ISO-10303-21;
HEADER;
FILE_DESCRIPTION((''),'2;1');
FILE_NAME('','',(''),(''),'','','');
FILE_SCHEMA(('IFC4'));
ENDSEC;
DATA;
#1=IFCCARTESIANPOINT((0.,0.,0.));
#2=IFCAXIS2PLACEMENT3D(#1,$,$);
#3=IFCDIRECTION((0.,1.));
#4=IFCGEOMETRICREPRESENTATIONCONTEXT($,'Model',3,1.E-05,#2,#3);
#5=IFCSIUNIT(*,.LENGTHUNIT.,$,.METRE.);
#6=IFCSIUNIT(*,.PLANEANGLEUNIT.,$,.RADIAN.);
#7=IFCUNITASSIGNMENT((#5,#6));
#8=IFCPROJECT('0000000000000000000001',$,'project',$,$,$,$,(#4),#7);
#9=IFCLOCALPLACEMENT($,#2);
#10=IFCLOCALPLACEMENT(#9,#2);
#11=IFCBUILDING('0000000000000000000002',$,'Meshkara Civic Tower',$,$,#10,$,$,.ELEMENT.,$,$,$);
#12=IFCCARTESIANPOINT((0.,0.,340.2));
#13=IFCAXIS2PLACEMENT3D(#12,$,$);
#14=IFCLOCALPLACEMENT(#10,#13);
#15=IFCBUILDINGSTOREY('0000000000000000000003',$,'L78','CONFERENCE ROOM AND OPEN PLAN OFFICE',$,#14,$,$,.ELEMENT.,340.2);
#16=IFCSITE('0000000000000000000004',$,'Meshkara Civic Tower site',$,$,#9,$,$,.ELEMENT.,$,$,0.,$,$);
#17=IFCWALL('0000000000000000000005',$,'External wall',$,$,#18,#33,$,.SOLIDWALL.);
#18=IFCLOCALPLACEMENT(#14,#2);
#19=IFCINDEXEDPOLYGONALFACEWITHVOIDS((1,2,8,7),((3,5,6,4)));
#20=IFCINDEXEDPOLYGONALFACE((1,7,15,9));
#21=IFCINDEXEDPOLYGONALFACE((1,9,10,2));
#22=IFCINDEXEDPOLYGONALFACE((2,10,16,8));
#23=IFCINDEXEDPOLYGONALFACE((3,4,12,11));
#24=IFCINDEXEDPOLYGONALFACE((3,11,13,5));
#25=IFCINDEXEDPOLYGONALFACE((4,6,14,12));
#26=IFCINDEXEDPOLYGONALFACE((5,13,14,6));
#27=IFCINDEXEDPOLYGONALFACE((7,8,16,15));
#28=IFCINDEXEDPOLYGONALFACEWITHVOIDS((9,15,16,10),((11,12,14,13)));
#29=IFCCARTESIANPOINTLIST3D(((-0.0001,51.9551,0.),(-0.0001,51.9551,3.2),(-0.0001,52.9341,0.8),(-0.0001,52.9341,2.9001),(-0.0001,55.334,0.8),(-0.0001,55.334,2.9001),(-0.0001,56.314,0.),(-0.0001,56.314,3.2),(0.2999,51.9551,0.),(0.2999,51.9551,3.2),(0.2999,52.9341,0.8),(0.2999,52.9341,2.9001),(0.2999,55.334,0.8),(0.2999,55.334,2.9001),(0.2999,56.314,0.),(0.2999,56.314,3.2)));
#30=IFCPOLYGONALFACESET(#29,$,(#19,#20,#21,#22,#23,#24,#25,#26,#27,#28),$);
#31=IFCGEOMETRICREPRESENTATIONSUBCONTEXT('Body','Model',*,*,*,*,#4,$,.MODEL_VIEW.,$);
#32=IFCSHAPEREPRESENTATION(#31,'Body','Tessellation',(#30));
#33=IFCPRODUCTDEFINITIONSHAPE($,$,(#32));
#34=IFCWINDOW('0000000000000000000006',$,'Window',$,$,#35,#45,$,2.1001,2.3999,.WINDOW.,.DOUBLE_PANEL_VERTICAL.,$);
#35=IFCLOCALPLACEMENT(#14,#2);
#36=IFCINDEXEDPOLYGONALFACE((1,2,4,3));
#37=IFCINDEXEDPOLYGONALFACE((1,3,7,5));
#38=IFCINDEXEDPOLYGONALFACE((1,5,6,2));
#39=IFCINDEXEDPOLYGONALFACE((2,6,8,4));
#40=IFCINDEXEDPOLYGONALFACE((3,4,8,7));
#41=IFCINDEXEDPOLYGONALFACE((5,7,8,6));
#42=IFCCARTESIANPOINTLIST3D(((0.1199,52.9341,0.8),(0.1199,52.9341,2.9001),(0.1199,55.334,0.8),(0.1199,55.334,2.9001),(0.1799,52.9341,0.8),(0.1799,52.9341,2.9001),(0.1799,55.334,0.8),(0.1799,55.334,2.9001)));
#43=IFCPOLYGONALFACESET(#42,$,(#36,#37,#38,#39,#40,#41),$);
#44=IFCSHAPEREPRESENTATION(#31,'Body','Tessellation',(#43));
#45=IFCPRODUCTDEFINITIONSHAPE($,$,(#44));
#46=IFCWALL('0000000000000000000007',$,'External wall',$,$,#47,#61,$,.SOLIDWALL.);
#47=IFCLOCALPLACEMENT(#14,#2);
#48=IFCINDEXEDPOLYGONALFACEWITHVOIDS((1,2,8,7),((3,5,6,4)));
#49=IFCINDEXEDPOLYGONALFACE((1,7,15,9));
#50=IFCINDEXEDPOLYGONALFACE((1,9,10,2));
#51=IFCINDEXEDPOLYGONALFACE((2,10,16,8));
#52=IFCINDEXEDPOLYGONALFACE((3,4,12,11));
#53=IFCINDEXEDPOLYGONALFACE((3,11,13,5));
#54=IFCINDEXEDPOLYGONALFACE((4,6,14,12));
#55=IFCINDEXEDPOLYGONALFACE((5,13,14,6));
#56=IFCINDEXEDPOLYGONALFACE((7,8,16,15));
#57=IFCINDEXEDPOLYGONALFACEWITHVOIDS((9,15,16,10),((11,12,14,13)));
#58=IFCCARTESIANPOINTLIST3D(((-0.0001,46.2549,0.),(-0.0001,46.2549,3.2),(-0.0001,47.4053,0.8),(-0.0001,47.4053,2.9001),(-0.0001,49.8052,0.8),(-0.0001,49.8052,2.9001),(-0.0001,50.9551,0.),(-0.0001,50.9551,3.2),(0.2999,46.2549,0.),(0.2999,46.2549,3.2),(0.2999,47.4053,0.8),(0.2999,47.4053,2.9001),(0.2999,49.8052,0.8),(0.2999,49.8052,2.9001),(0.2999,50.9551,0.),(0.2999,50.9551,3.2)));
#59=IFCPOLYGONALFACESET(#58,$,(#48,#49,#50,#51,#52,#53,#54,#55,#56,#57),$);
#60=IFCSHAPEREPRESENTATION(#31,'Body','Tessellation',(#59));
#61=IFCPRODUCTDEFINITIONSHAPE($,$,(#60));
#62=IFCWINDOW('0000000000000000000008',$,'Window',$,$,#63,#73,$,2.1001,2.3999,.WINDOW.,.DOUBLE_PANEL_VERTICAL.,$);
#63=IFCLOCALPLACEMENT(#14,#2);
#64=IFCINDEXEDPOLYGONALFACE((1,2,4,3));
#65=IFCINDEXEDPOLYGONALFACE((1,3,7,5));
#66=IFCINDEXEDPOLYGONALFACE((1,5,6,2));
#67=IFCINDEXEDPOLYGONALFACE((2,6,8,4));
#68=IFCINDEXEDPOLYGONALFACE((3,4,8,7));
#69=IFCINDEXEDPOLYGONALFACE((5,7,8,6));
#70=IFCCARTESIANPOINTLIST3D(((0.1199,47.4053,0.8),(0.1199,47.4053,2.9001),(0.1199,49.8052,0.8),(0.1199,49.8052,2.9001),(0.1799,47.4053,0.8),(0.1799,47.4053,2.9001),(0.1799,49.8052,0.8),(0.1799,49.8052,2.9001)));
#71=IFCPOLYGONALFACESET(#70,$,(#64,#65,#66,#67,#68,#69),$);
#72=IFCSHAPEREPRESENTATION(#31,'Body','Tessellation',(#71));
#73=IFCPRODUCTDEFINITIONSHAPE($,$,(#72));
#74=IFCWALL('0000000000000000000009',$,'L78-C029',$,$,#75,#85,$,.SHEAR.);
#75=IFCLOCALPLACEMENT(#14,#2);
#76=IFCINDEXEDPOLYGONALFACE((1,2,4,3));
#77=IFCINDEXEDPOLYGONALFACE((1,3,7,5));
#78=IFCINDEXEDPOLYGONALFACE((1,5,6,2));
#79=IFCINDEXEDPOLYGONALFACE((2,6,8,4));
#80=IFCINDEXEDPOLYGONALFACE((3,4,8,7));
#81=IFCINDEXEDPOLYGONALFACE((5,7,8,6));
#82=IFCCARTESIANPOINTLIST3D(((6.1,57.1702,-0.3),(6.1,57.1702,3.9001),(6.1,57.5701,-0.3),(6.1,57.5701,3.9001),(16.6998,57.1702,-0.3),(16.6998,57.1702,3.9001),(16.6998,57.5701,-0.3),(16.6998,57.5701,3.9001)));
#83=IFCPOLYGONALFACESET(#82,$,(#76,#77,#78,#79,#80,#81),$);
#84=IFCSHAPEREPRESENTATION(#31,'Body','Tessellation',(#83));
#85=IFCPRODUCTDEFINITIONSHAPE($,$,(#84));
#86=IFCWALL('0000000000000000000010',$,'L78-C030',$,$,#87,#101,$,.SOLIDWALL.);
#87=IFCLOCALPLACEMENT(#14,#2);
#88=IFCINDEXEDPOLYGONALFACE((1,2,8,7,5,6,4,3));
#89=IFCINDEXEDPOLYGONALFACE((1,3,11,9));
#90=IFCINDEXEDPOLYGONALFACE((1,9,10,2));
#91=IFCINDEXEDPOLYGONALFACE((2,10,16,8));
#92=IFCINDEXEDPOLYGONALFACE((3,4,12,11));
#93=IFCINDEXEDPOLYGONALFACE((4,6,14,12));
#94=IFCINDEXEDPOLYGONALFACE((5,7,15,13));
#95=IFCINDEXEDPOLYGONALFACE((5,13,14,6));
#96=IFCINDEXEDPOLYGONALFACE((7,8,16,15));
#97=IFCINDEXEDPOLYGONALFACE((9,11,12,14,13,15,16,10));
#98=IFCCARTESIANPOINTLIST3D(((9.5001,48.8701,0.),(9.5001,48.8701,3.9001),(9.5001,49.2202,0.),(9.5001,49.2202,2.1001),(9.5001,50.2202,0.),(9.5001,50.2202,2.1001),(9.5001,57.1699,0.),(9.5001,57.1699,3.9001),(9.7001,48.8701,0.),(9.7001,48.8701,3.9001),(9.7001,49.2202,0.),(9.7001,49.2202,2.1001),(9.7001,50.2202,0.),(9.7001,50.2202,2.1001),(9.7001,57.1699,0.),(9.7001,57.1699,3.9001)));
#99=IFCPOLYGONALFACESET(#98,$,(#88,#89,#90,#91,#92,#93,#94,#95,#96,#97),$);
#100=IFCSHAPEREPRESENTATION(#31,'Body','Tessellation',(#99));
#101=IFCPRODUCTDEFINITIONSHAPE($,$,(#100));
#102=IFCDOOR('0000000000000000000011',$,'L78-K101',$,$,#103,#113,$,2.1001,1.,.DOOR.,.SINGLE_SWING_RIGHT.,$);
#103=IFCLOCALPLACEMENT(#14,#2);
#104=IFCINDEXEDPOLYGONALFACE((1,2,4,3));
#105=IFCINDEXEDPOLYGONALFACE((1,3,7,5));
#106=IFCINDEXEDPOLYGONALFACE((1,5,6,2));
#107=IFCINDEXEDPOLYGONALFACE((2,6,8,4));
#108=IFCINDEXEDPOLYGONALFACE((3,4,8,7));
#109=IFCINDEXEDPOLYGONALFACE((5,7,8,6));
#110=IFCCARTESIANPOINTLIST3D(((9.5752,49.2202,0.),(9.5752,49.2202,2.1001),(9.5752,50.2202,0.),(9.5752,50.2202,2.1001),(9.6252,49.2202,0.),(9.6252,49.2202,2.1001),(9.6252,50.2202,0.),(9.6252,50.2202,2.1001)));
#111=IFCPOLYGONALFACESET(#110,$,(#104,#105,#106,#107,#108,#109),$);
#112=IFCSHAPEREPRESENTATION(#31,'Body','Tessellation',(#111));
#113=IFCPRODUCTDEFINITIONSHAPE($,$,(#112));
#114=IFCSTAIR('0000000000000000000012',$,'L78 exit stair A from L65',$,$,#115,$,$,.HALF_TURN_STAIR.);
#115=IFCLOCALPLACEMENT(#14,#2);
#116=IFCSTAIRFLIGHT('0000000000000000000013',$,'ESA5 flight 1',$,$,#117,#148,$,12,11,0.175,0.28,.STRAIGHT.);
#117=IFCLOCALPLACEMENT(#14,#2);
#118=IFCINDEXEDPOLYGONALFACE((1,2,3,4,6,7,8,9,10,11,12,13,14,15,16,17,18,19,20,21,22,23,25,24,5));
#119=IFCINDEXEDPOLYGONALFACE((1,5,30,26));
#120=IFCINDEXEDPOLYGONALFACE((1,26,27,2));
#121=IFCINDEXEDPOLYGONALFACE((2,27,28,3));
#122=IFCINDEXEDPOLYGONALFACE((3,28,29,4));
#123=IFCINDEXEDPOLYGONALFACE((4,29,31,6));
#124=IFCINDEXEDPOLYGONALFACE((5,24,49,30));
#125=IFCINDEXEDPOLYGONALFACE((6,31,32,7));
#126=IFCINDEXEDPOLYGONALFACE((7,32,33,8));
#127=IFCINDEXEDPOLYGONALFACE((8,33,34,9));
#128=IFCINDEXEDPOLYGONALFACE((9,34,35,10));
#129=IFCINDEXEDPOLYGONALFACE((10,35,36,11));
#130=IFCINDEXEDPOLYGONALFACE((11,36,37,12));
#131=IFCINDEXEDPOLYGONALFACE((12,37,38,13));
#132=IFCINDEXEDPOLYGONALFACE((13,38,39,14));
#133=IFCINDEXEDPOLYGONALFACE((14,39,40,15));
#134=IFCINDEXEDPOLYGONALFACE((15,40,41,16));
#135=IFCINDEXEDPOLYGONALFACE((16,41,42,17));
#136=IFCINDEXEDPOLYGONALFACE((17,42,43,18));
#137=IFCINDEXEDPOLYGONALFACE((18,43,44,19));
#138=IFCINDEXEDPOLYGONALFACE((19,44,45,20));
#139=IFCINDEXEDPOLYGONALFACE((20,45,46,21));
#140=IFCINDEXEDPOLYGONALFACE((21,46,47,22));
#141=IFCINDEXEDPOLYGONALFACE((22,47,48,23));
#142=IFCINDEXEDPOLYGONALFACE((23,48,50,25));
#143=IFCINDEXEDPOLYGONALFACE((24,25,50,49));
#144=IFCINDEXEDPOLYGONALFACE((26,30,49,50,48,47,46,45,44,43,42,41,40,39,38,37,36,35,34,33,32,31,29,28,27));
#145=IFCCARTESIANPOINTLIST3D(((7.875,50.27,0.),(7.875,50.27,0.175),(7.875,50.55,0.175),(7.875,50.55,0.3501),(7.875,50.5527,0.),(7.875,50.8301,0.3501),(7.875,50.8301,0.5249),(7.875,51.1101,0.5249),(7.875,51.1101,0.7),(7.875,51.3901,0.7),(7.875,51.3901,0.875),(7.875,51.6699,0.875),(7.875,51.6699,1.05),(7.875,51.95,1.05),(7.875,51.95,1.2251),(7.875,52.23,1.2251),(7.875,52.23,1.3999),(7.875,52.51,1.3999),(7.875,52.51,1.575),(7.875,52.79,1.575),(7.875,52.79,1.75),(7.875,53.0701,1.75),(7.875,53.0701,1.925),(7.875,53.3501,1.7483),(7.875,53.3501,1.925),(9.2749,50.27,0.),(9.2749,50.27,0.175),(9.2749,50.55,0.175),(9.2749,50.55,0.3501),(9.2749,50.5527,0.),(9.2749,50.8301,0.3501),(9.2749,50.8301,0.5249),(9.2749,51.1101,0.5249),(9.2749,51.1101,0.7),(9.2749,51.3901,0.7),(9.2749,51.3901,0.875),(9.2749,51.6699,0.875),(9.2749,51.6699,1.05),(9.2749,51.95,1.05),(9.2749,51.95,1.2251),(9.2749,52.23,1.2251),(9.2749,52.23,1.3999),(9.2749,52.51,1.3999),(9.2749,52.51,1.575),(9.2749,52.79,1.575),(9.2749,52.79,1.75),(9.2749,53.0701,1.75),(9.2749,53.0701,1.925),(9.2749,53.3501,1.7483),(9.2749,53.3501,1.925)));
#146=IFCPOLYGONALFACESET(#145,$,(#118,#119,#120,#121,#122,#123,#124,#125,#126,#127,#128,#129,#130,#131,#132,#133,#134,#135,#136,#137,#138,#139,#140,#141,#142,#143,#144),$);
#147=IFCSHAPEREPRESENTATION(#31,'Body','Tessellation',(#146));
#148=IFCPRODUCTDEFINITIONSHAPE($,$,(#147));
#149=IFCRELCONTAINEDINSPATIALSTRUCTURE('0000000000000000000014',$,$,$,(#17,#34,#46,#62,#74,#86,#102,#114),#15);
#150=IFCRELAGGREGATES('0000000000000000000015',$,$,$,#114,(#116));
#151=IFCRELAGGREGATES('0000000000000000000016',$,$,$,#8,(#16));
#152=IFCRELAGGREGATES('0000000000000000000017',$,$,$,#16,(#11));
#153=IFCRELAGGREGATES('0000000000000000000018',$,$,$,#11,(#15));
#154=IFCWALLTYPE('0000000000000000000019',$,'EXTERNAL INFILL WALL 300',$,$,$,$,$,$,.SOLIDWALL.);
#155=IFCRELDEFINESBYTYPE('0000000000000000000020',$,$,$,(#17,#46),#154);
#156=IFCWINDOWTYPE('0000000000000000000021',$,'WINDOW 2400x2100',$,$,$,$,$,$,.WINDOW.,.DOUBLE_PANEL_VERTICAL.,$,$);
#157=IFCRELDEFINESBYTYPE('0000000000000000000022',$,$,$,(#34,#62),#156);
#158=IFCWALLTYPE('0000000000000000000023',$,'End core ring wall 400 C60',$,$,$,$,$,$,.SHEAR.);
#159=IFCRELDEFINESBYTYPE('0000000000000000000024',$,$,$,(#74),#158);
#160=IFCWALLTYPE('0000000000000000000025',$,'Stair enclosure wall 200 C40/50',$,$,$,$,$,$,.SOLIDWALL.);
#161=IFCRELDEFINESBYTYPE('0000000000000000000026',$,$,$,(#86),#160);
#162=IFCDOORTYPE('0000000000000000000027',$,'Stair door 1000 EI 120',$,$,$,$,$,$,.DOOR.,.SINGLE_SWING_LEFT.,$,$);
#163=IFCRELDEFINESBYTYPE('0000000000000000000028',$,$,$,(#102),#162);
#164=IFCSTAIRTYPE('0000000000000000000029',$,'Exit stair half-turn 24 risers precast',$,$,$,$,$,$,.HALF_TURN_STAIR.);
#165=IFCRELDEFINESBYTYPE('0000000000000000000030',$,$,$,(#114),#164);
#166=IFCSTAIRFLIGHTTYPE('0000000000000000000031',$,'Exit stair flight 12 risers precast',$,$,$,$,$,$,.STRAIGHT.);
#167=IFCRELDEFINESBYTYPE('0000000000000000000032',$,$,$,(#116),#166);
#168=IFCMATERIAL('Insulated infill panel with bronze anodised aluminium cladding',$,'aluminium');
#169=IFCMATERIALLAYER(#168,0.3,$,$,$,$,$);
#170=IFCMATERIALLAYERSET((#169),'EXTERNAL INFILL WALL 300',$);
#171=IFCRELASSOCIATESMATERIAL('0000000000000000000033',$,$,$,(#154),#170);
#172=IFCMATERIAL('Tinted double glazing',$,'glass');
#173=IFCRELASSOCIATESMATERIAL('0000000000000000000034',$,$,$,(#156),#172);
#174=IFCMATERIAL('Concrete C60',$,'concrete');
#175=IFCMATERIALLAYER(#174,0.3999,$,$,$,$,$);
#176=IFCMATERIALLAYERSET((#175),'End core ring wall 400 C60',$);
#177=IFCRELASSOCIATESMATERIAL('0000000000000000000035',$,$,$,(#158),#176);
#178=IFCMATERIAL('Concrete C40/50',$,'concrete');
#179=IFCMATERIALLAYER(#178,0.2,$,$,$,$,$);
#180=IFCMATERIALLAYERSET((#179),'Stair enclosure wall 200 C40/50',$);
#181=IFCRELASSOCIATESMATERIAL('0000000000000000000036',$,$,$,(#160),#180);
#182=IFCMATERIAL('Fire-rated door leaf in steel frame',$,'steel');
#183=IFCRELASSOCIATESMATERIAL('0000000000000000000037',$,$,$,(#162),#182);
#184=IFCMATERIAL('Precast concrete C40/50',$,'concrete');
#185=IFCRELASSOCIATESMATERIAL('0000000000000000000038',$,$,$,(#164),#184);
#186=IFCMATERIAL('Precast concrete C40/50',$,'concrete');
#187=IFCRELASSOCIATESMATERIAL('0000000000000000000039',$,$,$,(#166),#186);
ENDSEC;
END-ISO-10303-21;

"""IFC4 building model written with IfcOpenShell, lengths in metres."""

from ifc_helpers import new_model, si_unit, direction, frame, frame_2d, origin, place, context, subcontext, project, spatial, polyline, rectangle, outline, extrude, material, layer, layer_set, type_object, element, fill, aggregate, save


model = new_model("IFC4")

# Units and contexts
model_context = context("Model", 3, precision=1e-05, world=origin(), true_north=direction((0.0, 1.0)))
body_context = subcontext(model_context, "Body", "Model", "MODEL_VIEW")
ifc_project = project(units=[si_unit("LENGTHUNIT", "METRE"), si_unit("PLANEANGLEUNIT", "RADIAN")], contexts=[model_context])

# Site, building, storey
site_placement = place(None, origin())
site = spatial("IfcSite", under=ifc_project, at=site_placement, Name="Meshkara Civic Tower site", CompositionType="ELEMENT", RefElevation=0.0)
building_placement = place(site_placement, origin())
building = spatial("IfcBuilding", under=site, at=building_placement, Name="Meshkara Civic Tower", CompositionType="ELEMENT")
storey_placement = place(building_placement, frame((0.0, 0.0, 340.2)))
storey = spatial("IfcBuildingStorey", under=building, at=storey_placement, Name="L78", Description="CONFERENCE ROOM AND OPEN PLAN OFFICE", CompositionType="ELEMENT", Elevation=340.2)

# Walls, openings, windows
ifc_material_1 = material(Name="Insulated infill panel with bronze anodised aluminium cladding", Category="aluminium")
ifc_layer_1 = layer(ifc_material_1, 0.3)
ifc_layer_set_1 = layer_set([ifc_layer_1], Name="EXTERNAL INFILL WALL 300")
wall_type_1 = type_object("IfcWallType", Name="EXTERNAL INFILL WALL 300", PredefinedType="SOLIDWALL", material=ifc_layer_set_1)
ifc_material_2 = material(Name="Tinted double glazing", Category="glass")
window_type = type_object("IfcWindowType", Name="WINDOW 2400x2100", PartitioningType="DOUBLE_PANEL_VERTICAL", PredefinedType="WINDOW", material=ifc_material_2)
wall_1_placement = place(storey_placement, frame((0.1499, 56.314, 0.0), z_axis=(0.0, 0.0, 1.0), x_axis=(0.0, -1.0, 0.0)))
wall_1 = element("IfcWall", 1, at=wall_1_placement, inside=storey, type_object=wall_type_1, Name="External wall", PredefinedType="SOLIDWALL", context=body_context, shape_type="SweptSolid", body=[
    extrude(rectangle(XDim=4.3589, YDim=0.3, at=frame_2d((2.1794, 0.0))), origin(), (0.0, 0.0, 1.0), 3.2),
])
opening_1_placement = place(wall_1_placement, frame((0.98, 0.0, 0.8)))
opening_1 = element("IfcOpeningElement", 2, at=opening_1_placement, cuts=wall_1, PredefinedType="OPENING", context=body_context, shape_type="SweptSolid", body=[
    extrude(rectangle(XDim=2.3999, YDim=2.1001, at=frame_2d((1.2, 1.05))), frame((0.0, 0.1599, 0.0), z_axis=(0.0, -1.0, 0.0), x_axis=(1.0, 0.0, 0.0)), (0.0, 0.0, 1.0), 0.3201),
])
window_1_placement = place(opening_1_placement, origin())
window_1 = element("IfcWindow", 3, at=window_1_placement, inside=storey, type_object=window_type, Name="Window", OverallHeight=2.1001, OverallWidth=2.3999, PartitioningType="DOUBLE_PANEL_VERTICAL", PredefinedType="WINDOW", context=body_context, shape_type="SweptSolid", body=[
    extrude(rectangle(XDim=2.3999, YDim=2.1001, at=frame_2d((1.2, 1.05))), frame((0.0, 0.03, 0.0), z_axis=(0.0, -1.0, 0.0), x_axis=(1.0, 0.0, 0.0)), (0.0, 0.0, 1.0), 0.0601),
])
fill(opening_1, window_1)
wall_2_placement = place(storey_placement, frame((0.1499, 50.9551, 0.0), z_axis=(0.0, 0.0, 1.0), x_axis=(0.0, -1.0, 0.0)))
wall_2 = element("IfcWall", 4, at=wall_2_placement, inside=storey, type_object=wall_type_1, Name="External wall", PredefinedType="SOLIDWALL", context=body_context, shape_type="SweptSolid", body=[
    extrude(rectangle(XDim=4.7002, YDim=0.3, at=frame_2d((2.3501, 0.0))), origin(), (0.0, 0.0, 1.0), 3.2),
])
opening_2_placement = place(wall_2_placement, frame((1.1499, 0.0, 0.8)))
opening_2 = element("IfcOpeningElement", 5, at=opening_2_placement, cuts=wall_2, PredefinedType="OPENING", context=body_context, shape_type="SweptSolid", body=[
    extrude(rectangle(XDim=2.3999, YDim=2.1001, at=frame_2d((1.2, 1.05))), frame((0.0, 0.1599, 0.0), z_axis=(0.0, -1.0, 0.0), x_axis=(1.0, 0.0, 0.0)), (0.0, 0.0, 1.0), 0.3201),
])
window_2_placement = place(opening_2_placement, origin())
window_2 = element("IfcWindow", 6, at=window_2_placement, inside=storey, type_object=window_type, Name="Window", OverallHeight=2.1001, OverallWidth=2.3999, PartitioningType="DOUBLE_PANEL_VERTICAL", PredefinedType="WINDOW", context=body_context, shape_type="SweptSolid", body=[
    extrude(rectangle(XDim=2.3999, YDim=2.1001, at=frame_2d((1.2, 1.05))), frame((0.0, 0.03, 0.0), z_axis=(0.0, -1.0, 0.0), x_axis=(1.0, 0.0, 0.0)), (0.0, 0.0, 1.0), 0.0601),
])
fill(opening_2, window_2)

# Wall
ifc_material_3 = material(Name="Concrete C60", Category="concrete")
ifc_layer_2 = layer(ifc_material_3, 0.3999)
ifc_layer_set_2 = layer_set([ifc_layer_2], Name="End core ring wall 400 C60")
wall_type_2 = type_object("IfcWallType", Name="End core ring wall 400 C60", PredefinedType="SHEAR", material=ifc_layer_set_2)
wall_3_placement = place(storey_placement, frame((6.1001, 57.3701, -0.3), z_axis=(0.0, 0.0, 1.0), x_axis=(1.0, 0.0, 0.0)))
element("IfcWall", 7, at=wall_3_placement, inside=storey, type_object=wall_type_2, Name="L78-C029", PredefinedType="SHEAR", context=body_context, shape_type="SweptSolid", body=[
    extrude(rectangle(XDim=10.5999, YDim=0.3999, at=frame_2d((5.2998, 0.0))), origin(), (0.0, 0.0, 1.0), 4.2002),
])

# Wall, opening, door
ifc_material_4 = material(Name="Concrete C40/50", Category="concrete")
ifc_layer_3 = layer(ifc_material_4, 0.2)
ifc_layer_set_3 = layer_set([ifc_layer_3], Name="Stair enclosure wall 200 C40/50")
wall_type_3 = type_object("IfcWallType", Name="Stair enclosure wall 200 C40/50", PredefinedType="SOLIDWALL", material=ifc_layer_set_3)
wall_4_placement = place(storey_placement, frame((9.6001, 48.8701, 0.0), z_axis=(0.0, 0.0, 1.0), x_axis=(0.0, 1.0, 0.0)))
wall_4 = element("IfcWall", 8, at=wall_4_placement, inside=storey, type_object=wall_type_3, Name="L78-C030", PredefinedType="SOLIDWALL", context=body_context, shape_type="SweptSolid", body=[
    extrude(rectangle(XDim=8.2998, YDim=0.2, at=frame_2d((4.1499, 0.0))), origin(), (0.0, 0.0, 1.0), 3.9001),
])
opening_3_placement = place(wall_4_placement, frame((0.3501, 0.0, 0.0)))
opening_3 = element("IfcOpeningElement", 9, at=opening_3_placement, cuts=wall_4, PredefinedType="OPENING", context=body_context, shape_type="SweptSolid", body=[
    extrude(rectangle(XDim=1.0, YDim=2.1001, at=frame_2d((0.5, 1.05))), frame((0.0, 0.1099, 0.0), z_axis=(0.0, -1.0, 0.0), x_axis=(1.0, 0.0, 0.0)), (0.0, 0.0, 1.0), 0.22),
])
ifc_material_5 = material(Name="Fire-rated door leaf in steel frame", Category="steel")
door_type = type_object("IfcDoorType", Name="Stair door 1000 EI 120", OperationType="SINGLE_SWING_LEFT", PredefinedType="DOOR", material=ifc_material_5)
door_placement = place(opening_3_placement, origin())
door = element("IfcDoor", 10, at=door_placement, inside=storey, type_object=door_type, Name="L78-K101", OperationType="SINGLE_SWING_RIGHT", OverallHeight=2.1001, OverallWidth=1.0, PredefinedType="DOOR", context=body_context, shape_type="SweptSolid", body=[
    extrude(rectangle(XDim=1.0, YDim=2.1001, at=frame_2d((0.5, 1.05))), frame((0.0, 0.0249, 0.0), z_axis=(0.0, -1.0, 0.0), x_axis=(1.0, 0.0, 0.0)), (0.0, 0.0, 1.0), 0.05),
])
fill(opening_3, door)

# Stair, stair flight
ifc_material_6 = material(Name="Precast concrete C40/50", Category="concrete")
stair_type = type_object("IfcStairType", Name="Exit stair half-turn 24 risers precast", PredefinedType="HALF_TURN_STAIR", material=ifc_material_6)
stair_placement = place(storey_placement, origin())
stair = element("IfcStair", 11, at=stair_placement, inside=storey, type_object=stair_type, Name="L78 exit stair A from L65", PredefinedType="HALF_TURN_STAIR")
ifc_material_7 = material(Name="Precast concrete C40/50", Category="concrete")
stair_flight_type = type_object("IfcStairFlightType", Name="Exit stair flight 12 risers precast", PredefinedType="STRAIGHT", material=ifc_material_7)
stair_flight_1_placement = place(storey_placement, frame((8.575, 50.27, 0.0), z_axis=(0.0, 0.0, 1.0), x_axis=(0.0, 1.0, 0.0)))
stair_flight_1 = element("IfcStairFlight", 12, at=stair_flight_1_placement, type_object=stair_flight_type, Name="ESA5 flight 1", NumberOfRisers=12, NumberOfTreads=11, PredefinedType="STRAIGHT", RiserHeight=0.175, TreadLength=0.28, context=body_context, shape_type="SweptSolid", body=[
    extrude(outline(polyline([(0.0, 0.0), (0.0, 0.175), (0.28, 0.175), (0.28, 0.3501), (0.5601, 0.3501), (0.5601, 0.5249), (0.8401, 0.5249), (0.8401, 0.7), (1.1201, 0.7), (1.1201, 0.875), (1.3999, 0.875), (1.3999, 1.05), (1.6799, 1.05), (1.6799, 1.2251), (1.96, 1.2251), (1.96, 1.3999), (2.24, 1.3999), (2.24, 1.575), (2.52, 1.575), (2.52, 1.75), (2.8, 1.75), (2.8, 1.925), (3.0801, 1.925), (3.0801, 2.1001), (3.0801, 1.7483), (0.2827, 0.0), (0.0, 0.0)])), frame((0.0, 0.7, 0.0), z_axis=(0.0, -1.0, 0.0), x_axis=(1.0, 0.0, 0.0)), (0.0, 0.0, 1.0), 1.3999),
])
aggregate(stair, [stair_flight_1])

save(model, "model.ifc")
